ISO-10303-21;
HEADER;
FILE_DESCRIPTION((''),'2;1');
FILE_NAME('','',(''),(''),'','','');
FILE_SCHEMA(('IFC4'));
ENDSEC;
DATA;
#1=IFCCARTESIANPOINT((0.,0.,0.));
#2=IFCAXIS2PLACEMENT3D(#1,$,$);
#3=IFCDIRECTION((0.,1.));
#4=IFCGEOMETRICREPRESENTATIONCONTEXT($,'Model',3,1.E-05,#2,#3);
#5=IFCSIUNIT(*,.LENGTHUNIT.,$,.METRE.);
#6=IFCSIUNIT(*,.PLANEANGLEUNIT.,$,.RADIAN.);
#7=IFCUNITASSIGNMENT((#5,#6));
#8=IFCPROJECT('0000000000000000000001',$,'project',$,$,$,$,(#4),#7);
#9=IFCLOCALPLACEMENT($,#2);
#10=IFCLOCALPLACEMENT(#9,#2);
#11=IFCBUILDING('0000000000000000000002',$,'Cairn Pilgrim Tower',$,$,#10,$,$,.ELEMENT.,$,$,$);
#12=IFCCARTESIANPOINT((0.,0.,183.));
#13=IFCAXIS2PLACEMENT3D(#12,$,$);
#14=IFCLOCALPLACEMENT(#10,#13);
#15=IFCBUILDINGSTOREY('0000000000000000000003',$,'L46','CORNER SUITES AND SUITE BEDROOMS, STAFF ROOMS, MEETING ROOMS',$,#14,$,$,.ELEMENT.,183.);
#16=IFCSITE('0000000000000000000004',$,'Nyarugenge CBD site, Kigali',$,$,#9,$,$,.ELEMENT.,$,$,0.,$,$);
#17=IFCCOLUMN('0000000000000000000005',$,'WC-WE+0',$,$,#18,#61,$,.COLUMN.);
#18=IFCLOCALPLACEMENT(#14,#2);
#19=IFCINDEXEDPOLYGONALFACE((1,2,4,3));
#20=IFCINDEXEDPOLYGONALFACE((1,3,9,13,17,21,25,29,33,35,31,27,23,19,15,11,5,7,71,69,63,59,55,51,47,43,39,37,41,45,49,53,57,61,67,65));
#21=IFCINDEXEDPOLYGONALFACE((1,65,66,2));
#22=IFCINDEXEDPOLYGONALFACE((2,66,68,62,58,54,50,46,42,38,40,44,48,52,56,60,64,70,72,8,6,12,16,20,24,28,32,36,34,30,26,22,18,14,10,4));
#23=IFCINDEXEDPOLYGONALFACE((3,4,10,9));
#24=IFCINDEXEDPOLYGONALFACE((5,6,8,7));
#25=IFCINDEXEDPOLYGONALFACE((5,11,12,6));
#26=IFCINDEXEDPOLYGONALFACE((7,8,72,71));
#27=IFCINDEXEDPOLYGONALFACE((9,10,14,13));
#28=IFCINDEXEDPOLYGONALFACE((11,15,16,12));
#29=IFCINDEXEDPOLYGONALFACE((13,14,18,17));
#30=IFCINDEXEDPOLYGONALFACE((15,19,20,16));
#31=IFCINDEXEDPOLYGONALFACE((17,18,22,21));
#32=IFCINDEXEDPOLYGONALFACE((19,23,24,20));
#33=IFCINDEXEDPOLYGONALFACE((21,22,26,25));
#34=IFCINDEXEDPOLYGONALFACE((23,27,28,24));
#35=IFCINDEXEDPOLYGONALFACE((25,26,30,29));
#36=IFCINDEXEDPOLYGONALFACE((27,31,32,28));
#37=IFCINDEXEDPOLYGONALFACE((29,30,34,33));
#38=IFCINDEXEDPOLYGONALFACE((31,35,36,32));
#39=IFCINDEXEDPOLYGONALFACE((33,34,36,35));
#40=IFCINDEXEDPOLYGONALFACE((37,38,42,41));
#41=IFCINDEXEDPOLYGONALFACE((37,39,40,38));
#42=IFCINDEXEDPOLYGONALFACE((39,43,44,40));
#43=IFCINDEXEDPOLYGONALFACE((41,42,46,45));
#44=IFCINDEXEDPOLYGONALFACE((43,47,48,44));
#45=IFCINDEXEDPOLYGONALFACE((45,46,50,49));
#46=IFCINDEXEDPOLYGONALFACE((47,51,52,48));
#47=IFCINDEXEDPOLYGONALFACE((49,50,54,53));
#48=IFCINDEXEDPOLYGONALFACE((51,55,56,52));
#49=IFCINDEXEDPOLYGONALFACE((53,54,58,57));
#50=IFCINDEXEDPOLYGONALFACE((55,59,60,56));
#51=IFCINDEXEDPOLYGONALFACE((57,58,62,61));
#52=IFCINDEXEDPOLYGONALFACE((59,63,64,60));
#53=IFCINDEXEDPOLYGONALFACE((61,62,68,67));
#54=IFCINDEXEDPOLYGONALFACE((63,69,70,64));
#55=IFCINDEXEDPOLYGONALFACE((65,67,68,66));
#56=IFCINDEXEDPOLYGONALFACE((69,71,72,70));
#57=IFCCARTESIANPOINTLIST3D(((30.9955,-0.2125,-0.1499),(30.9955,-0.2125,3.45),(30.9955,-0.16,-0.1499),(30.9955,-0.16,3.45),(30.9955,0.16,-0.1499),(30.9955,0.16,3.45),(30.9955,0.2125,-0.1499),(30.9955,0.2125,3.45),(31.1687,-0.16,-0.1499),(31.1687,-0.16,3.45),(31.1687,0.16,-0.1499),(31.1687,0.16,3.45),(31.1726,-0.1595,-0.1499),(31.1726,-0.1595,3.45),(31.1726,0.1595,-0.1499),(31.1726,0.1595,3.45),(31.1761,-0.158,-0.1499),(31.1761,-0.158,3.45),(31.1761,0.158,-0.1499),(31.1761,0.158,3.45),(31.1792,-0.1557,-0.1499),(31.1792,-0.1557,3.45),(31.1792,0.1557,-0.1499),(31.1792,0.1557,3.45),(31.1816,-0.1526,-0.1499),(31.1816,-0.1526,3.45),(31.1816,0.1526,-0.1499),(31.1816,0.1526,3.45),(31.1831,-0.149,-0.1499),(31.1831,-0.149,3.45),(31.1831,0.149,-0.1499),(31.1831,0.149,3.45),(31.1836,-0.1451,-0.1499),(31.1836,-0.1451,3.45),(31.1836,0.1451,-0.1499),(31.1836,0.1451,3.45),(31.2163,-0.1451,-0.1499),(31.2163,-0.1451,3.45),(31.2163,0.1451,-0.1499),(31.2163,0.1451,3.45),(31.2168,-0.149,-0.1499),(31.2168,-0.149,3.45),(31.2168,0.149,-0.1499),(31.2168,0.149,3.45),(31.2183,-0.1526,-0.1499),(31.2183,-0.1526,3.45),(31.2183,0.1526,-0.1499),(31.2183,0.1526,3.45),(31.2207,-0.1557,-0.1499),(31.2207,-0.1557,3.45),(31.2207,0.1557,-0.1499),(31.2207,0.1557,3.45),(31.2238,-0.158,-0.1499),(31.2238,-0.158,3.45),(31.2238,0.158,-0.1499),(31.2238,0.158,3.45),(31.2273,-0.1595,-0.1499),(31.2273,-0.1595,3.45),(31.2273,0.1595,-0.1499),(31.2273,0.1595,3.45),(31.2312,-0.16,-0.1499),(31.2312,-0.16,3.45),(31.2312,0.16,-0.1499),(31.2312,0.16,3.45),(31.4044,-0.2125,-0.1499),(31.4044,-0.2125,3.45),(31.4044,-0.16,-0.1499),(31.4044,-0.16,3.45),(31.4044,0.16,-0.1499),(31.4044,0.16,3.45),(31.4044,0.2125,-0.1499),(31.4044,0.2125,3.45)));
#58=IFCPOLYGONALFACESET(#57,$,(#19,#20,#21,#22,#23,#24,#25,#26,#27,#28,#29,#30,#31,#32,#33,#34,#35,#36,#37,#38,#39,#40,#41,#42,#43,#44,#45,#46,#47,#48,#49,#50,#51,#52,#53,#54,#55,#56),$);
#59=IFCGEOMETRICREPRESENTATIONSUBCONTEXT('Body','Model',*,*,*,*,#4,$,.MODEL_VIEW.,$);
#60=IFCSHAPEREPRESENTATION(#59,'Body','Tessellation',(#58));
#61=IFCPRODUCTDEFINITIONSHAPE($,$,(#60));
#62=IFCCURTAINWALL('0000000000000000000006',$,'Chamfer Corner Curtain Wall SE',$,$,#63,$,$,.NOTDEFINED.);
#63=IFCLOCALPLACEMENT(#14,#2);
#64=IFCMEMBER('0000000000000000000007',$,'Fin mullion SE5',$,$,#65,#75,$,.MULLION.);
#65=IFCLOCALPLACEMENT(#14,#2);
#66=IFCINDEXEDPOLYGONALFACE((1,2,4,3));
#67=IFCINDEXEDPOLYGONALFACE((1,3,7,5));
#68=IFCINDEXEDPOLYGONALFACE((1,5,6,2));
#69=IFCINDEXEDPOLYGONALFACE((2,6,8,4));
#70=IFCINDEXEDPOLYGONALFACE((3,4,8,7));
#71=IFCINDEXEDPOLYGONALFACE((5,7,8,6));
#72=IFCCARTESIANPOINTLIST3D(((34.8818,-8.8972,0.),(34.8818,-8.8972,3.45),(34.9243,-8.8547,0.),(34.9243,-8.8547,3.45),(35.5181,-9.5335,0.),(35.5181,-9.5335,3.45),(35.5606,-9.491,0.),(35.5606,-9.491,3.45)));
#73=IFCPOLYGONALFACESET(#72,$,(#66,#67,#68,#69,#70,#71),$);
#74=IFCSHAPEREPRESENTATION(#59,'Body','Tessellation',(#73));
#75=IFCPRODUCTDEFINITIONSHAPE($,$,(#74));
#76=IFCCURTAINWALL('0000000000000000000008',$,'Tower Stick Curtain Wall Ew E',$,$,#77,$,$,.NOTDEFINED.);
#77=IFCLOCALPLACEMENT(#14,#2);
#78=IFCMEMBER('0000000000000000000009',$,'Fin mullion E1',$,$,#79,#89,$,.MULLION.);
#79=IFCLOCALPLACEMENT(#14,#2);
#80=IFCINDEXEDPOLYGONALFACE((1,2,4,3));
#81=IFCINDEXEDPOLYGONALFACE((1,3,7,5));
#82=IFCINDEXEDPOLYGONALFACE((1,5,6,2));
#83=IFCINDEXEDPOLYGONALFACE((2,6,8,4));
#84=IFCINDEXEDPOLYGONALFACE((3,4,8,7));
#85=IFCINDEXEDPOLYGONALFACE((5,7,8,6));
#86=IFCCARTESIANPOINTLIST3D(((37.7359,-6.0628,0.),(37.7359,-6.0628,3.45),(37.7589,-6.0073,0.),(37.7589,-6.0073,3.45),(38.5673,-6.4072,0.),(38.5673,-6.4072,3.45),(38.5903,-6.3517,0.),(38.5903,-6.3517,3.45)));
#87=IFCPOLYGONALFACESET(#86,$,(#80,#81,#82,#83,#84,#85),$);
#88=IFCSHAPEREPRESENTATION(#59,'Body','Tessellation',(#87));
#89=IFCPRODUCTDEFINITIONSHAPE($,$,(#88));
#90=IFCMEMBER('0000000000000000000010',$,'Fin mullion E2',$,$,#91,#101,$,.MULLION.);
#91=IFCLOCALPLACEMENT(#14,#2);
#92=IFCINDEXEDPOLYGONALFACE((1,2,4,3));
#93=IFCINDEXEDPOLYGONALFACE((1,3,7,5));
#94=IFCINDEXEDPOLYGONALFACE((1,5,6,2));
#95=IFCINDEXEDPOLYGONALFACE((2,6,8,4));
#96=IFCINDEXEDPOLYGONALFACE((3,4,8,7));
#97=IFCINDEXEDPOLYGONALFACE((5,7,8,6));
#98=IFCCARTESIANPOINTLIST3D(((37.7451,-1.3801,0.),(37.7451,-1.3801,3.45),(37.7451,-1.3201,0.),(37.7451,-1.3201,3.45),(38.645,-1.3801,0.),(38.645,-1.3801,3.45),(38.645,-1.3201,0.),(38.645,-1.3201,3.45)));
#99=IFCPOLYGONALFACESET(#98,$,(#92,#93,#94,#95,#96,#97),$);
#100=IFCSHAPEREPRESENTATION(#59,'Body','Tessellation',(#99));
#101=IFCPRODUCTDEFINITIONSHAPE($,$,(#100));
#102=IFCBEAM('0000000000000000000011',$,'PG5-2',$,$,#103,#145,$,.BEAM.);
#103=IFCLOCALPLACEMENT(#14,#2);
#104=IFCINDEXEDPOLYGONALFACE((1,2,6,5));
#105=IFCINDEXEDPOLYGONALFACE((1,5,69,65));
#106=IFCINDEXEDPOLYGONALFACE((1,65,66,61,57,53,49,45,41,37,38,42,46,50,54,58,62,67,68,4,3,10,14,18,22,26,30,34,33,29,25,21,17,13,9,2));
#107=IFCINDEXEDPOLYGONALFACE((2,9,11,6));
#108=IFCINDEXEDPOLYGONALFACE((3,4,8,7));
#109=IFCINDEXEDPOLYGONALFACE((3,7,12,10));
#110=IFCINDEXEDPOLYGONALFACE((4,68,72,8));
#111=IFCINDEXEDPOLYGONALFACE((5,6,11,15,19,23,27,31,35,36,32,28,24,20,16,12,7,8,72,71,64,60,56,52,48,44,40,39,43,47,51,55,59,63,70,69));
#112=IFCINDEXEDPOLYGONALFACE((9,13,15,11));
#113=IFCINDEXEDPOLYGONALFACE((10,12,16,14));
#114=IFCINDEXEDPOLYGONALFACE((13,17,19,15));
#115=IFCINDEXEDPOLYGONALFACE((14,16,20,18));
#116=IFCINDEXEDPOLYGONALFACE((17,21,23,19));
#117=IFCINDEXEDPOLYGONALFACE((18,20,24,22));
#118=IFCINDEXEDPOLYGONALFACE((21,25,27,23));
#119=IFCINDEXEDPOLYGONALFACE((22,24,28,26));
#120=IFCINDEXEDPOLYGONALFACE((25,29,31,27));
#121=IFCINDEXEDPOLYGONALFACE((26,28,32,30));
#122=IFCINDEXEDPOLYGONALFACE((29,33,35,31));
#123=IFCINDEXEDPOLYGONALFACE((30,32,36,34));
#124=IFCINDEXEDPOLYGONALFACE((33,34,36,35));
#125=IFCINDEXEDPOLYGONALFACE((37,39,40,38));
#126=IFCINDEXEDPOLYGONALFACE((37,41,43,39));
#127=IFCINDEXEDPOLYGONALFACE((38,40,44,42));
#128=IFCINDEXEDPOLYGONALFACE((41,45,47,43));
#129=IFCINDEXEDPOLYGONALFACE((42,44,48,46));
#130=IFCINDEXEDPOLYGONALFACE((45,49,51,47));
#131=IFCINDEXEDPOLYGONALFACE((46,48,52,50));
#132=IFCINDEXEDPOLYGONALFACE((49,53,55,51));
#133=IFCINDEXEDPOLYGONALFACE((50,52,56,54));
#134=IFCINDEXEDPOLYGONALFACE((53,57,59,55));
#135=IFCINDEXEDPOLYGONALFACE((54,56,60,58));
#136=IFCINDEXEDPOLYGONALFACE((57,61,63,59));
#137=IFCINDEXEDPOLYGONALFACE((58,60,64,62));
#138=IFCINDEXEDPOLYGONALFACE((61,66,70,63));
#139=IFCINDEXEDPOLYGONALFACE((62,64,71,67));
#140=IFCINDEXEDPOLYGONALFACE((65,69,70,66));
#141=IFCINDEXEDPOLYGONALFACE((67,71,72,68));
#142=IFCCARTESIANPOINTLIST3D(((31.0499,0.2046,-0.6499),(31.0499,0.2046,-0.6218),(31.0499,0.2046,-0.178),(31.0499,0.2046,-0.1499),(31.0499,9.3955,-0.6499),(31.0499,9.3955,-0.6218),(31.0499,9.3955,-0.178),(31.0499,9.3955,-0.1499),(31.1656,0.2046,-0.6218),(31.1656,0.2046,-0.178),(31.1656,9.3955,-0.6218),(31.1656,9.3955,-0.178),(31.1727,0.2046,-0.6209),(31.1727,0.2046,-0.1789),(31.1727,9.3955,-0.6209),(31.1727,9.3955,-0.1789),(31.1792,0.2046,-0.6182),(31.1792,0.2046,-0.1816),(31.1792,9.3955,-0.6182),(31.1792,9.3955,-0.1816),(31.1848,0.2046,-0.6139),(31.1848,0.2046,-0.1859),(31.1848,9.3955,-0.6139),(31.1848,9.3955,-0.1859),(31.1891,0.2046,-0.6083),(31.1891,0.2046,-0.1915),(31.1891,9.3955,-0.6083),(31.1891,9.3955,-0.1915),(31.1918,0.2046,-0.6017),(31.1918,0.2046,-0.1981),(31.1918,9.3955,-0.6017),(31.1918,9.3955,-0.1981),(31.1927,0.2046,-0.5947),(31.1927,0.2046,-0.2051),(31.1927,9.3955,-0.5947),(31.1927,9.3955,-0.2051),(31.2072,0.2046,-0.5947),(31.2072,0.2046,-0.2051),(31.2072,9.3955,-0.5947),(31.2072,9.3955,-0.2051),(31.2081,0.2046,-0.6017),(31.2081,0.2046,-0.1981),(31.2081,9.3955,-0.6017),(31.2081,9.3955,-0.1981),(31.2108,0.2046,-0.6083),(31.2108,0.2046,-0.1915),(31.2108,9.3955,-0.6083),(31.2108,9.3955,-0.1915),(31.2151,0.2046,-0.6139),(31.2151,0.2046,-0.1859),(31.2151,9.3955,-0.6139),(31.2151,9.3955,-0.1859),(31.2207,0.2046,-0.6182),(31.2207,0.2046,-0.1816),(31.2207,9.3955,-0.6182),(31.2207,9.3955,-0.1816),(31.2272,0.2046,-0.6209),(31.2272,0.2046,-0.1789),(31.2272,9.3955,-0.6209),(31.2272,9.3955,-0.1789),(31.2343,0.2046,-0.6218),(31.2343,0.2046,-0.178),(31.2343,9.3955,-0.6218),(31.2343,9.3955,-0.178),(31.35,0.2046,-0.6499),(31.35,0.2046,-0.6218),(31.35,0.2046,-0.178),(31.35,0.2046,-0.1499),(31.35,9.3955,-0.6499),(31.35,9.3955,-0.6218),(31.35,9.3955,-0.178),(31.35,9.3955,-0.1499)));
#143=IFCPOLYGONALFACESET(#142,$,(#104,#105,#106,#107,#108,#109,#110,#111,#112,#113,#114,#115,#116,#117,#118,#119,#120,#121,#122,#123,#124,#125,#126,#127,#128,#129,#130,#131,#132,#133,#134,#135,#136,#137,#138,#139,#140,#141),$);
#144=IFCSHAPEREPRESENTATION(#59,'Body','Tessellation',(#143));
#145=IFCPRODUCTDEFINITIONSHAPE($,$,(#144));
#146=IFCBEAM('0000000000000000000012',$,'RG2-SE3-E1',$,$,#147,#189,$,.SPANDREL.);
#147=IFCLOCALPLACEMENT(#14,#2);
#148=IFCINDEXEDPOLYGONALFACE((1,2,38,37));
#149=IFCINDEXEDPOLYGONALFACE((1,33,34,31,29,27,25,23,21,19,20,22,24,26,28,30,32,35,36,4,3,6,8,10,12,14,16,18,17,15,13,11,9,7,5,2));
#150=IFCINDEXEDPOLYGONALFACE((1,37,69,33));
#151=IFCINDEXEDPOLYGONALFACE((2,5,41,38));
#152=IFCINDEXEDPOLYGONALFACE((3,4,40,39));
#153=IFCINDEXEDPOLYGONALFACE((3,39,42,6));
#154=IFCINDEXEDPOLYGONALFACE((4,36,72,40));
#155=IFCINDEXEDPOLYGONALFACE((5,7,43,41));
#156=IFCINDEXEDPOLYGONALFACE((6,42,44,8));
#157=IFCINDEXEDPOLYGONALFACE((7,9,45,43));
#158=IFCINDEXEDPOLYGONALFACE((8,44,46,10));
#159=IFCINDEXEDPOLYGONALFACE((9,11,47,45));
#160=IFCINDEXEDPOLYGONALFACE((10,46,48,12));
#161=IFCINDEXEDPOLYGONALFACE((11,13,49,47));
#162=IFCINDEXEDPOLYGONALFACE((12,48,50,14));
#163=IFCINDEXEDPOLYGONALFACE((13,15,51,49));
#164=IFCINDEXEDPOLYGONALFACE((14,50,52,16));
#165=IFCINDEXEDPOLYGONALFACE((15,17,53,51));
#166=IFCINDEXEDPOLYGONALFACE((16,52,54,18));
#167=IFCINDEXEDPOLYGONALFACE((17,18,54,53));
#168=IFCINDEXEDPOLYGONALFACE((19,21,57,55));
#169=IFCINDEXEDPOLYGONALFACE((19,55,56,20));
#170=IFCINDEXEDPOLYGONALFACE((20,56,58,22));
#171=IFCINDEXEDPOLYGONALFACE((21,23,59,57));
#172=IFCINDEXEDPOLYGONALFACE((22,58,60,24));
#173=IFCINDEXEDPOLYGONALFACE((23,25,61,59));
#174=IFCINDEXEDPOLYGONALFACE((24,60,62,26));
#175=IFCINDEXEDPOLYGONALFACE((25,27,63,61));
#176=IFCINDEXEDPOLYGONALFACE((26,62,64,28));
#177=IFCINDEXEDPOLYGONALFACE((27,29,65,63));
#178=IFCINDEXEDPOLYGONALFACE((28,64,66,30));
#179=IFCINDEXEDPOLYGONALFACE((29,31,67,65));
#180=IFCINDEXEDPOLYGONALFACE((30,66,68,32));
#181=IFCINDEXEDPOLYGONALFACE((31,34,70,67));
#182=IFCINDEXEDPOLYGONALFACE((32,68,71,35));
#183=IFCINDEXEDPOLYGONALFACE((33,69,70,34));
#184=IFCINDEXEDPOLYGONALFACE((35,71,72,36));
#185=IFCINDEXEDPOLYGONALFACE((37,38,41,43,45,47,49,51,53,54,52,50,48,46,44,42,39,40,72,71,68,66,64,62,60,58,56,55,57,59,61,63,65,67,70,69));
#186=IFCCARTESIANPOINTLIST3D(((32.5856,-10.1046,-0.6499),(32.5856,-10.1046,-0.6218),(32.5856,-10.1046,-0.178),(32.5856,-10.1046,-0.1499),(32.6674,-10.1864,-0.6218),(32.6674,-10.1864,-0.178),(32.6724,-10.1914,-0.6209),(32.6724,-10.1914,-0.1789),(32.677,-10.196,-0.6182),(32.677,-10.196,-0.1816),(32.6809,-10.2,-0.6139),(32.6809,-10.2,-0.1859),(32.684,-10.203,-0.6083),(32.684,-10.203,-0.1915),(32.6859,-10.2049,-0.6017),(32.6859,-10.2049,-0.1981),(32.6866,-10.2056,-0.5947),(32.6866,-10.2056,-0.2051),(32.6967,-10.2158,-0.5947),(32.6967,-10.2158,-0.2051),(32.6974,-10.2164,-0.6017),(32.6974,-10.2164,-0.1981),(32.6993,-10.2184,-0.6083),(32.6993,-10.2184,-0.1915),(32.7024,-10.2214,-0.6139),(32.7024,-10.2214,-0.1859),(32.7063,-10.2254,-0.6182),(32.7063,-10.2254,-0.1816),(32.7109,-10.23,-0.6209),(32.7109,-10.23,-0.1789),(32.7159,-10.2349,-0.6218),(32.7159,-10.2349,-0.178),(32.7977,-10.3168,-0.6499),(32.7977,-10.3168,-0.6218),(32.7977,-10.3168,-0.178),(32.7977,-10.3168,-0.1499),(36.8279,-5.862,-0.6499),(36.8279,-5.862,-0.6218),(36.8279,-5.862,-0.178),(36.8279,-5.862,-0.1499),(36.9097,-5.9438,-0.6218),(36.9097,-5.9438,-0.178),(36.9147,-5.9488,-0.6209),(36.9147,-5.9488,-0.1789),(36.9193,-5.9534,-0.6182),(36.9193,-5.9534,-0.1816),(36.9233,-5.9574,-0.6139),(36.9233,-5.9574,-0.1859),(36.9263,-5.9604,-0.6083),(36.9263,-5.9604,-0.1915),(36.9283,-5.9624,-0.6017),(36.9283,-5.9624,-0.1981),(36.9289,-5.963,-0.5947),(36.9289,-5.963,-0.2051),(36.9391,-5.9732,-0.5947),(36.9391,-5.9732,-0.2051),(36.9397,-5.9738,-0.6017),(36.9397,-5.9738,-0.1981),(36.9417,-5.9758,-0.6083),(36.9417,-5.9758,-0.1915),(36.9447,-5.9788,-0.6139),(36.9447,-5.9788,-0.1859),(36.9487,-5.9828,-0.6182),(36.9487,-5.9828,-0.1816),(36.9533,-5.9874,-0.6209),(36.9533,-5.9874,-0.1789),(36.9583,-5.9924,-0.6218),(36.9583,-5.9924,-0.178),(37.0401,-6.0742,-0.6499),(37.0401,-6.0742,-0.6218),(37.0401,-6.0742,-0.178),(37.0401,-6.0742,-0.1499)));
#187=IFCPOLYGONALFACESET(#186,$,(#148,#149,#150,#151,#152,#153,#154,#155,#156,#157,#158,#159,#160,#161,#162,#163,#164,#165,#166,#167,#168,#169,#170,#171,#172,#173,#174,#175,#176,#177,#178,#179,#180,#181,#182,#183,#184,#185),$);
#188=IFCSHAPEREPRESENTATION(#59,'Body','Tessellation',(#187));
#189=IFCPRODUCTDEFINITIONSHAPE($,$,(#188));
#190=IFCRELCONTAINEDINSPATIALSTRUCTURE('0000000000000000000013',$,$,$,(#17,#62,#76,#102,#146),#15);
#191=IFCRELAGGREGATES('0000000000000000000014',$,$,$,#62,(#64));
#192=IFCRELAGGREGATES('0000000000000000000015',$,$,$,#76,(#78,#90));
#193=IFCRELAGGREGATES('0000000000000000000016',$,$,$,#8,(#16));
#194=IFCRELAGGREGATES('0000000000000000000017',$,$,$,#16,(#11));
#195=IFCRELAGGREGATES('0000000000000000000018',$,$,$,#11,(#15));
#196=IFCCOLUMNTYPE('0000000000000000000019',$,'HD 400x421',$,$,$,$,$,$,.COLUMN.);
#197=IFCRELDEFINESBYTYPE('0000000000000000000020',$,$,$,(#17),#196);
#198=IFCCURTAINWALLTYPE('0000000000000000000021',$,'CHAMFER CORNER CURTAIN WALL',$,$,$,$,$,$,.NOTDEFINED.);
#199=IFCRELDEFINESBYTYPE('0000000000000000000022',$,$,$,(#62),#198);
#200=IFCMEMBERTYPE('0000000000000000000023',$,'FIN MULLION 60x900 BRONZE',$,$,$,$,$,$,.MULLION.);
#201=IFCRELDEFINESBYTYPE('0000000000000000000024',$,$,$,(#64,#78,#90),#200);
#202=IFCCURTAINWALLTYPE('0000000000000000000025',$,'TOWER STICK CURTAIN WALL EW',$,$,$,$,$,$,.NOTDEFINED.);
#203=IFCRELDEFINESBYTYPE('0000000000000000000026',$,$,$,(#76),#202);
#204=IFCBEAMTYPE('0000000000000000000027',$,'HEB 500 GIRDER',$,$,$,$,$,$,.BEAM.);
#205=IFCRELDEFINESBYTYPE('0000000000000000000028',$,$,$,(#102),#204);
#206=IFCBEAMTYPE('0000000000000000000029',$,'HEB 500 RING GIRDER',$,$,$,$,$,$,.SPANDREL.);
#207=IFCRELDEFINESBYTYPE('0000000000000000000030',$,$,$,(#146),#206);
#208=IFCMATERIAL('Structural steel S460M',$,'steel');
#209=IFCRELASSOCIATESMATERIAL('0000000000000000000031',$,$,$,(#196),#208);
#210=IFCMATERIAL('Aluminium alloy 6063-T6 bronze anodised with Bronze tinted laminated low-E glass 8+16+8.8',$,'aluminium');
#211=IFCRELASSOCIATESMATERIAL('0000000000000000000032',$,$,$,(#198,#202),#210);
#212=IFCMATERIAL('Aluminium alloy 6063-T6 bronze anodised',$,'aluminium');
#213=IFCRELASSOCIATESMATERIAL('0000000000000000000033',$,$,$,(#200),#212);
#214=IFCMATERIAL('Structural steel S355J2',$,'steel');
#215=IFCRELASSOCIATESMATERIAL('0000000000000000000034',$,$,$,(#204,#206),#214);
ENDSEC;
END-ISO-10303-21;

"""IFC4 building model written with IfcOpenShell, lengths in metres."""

from ifc_helpers import new_model, si_unit, direction, frame, origin, origin_2d, place, context, subcontext, project, spatial, rectangle, i_section, extrude, material, material_profile, profile_set, type_object, element, aggregate, save


model = new_model("IFC4")

# Units and contexts
model_context = context("Model", 3, precision=1e-05, world=origin(), true_north=direction((0.0, 1.0)))
body_context = subcontext(model_context, "Body", "Model", "MODEL_VIEW")
ifc_project = project(units=[si_unit("LENGTHUNIT", "METRE"), si_unit("PLANEANGLEUNIT", "RADIAN")], contexts=[model_context])

# Site, building, storey
site_placement = place(None, origin())
site = spatial("IfcSite", under=ifc_project, at=site_placement, Name="Nyarugenge CBD site, Kigali", CompositionType="ELEMENT", RefElevation=0.0)
building_placement = place(site_placement, origin())
building = spatial("IfcBuilding", under=site, at=building_placement, Name="Cairn Pilgrim Tower", CompositionType="ELEMENT")
storey_placement = place(building_placement, frame((0.0, 0.0, 183.0)))
storey = spatial("IfcBuildingStorey", under=building, at=storey_placement, Name="L46", Description="CORNER SUITES AND SUITE BEDROOMS, STAFF ROOMS, MEETING ROOMS", CompositionType="ELEMENT", Elevation=183.0)

# Column
ifc_material_1 = material(Name="Structural steel S460M", Category="steel")
ifc_material_profile_1 = material_profile(ifc_material_1, i_section(OverallWidth=0.4089, OverallDepth=0.425, WebThickness=0.0327, FlangeThickness=0.0525, FilletRadius=0.0149, at=origin_2d()), Name="HD 400x421")
ifc_profile_set_1 = profile_set([ifc_material_profile_1], Name="Structural steel S460M")
column_type_1 = type_object("IfcColumnType", Name="HD 400x421", PredefinedType="COLUMN", material=ifc_profile_set_1)
column_1_placement = place(storey_placement, frame((31.2, 0.0, -0.1499), z_axis=(0.0, 0.0, 1.0), x_axis=(1.0, 0.0, 0.0)))
element("IfcColumn", 1, at=column_1_placement, inside=storey, type_object=column_type_1, Name="WC-WE+0", PredefinedType="COLUMN", context=body_context, shape_type="SweptSolid", body=[
    extrude(i_section(OverallWidth=0.4089, OverallDepth=0.425, WebThickness=0.0327, FlangeThickness=0.0525, FilletRadius=0.0149, at=origin_2d()), origin(), (0.0, 0.0, 1.0), 3.5999),
])

# Curtain wall, member
ifc_material_2 = material(Name="Aluminium alloy 6063-T6 bronze anodised with Bronze tinted laminated low-E glass 8+16+8.8", Category="aluminium")
curtain_wall_type_1 = type_object("IfcCurtainWallType", Name="CHAMFER CORNER CURTAIN WALL", PredefinedType="NOTDEFINED", material=ifc_material_2)
curtain_wall_1_placement = place(storey_placement, origin())
curtain_wall_1 = element("IfcCurtainWall", 2, at=curtain_wall_1_placement, inside=storey, type_object=curtain_wall_type_1, Name="Chamfer Corner Curtain Wall SE", PredefinedType="NOTDEFINED")
ifc_material_3 = material(Name="Aluminium alloy 6063-T6 bronze anodised", Category="aluminium")
ifc_material_profile_2 = material_profile(ifc_material_3, rectangle(XDim=0.8999, YDim=0.0601, at=origin_2d()), Name="FIN MULLION 60x900 BRONZE")
ifc_profile_set_2 = profile_set([ifc_material_profile_2], Name="Aluminium alloy 6063-T6 bronze anodised")
member_type_1 = type_object("IfcMemberType", Name="FIN MULLION 60x900 BRONZE", PredefinedType="MULLION", material=ifc_profile_set_2)
member_1_placement = place(storey_placement, frame((35.2212, -9.1941, 0.0), z_axis=(0.0, 0.0, 1.0), x_axis=(0.707107, -0.707107, 0.0)))
member_1 = element("IfcMember", 3, at=member_1_placement, type_object=member_type_1, Name="Fin mullion SE5", PredefinedType="MULLION", context=body_context, shape_type="SweptSolid", body=[
    extrude(rectangle(XDim=0.8999, YDim=0.0601, at=origin_2d()), origin(), (0.0, 0.0, 1.0), 3.45),
])

# Curtain wall, members
curtain_wall_type_2 = type_object("IfcCurtainWallType", Name="TOWER STICK CURTAIN WALL EW", PredefinedType="NOTDEFINED", material=ifc_material_2)
curtain_wall_2_placement = place(storey_placement, origin())
curtain_wall_2 = element("IfcCurtainWall", 4, at=curtain_wall_2_placement, inside=storey, type_object=curtain_wall_type_2, Name="Tower Stick Curtain Wall Ew E", PredefinedType="NOTDEFINED")
member_2_placement = place(storey_placement, frame((38.1631, -6.2073, 0.0), z_axis=(0.0, 0.0, 1.0), x_axis=(0.92388, -0.382683, 0.0)))
member_2 = element("IfcMember", 5, at=member_2_placement, type_object=member_type_1, Name="Fin mullion E1", PredefinedType="MULLION", context=body_context, shape_type="SweptSolid", body=[
    extrude(rectangle(XDim=0.8999, YDim=0.0601, at=origin_2d()), origin(), (0.0, 0.0, 1.0), 3.45),
])
member_3_placement = place(storey_placement, frame((38.1951, -1.3501, 0.0), z_axis=(0.0, 0.0, 1.0), x_axis=(1.0, 0.0, 0.0)))
member_3 = element("IfcMember", 6, at=member_3_placement, type_object=member_type_1, Name="Fin mullion E2", PredefinedType="MULLION", context=body_context, shape_type="SweptSolid", body=[
    extrude(rectangle(XDim=0.8999, YDim=0.0601, at=origin_2d()), origin(), (0.0, 0.0, 1.0), 3.45),
])

# Beams
ifc_material_4 = material(Name="Structural steel S355J2", Category="steel")
ifc_material_profile_3 = material_profile(ifc_material_4, i_section(OverallWidth=0.3, OverallDepth=0.5, WebThickness=0.0144, FlangeThickness=0.0281, FilletRadius=0.0271, at=origin_2d()), Name="HEB 500")
ifc_profile_set_3 = profile_set([ifc_material_profile_3], Name="Structural steel S355J2")
beam_type_1 = type_object("IfcBeamType", Name="HEB 500 GIRDER", PredefinedType="BEAM", material=ifc_profile_set_3)
beam_1_placement = place(storey_placement, frame((31.2, 0.2046, -0.3999), z_axis=(0.0, 1.0, 0.0), x_axis=(-1.0, 0.0, 0.0)))
element("IfcBeam", 7, at=beam_1_placement, inside=storey, type_object=beam_type_1, Name="PG5-2", PredefinedType="BEAM", context=body_context, shape_type="SweptSolid", body=[
    extrude(i_section(OverallWidth=0.3, OverallDepth=0.5, WebThickness=0.0144, FlangeThickness=0.0281, FilletRadius=0.0271, at=origin_2d()), origin(), (0.0, 0.0, 1.0), 9.1909),
])
ifc_material_profile_4 = material_profile(ifc_material_4, i_section(OverallWidth=0.3, OverallDepth=0.5, WebThickness=0.0144, FlangeThickness=0.0281, FilletRadius=0.0271, at=origin_2d()), Name="HEB 500")
ifc_profile_set_4 = profile_set([ifc_material_profile_4], Name="Structural steel S355J2")
beam_type_2 = type_object("IfcBeamType", Name="HEB 500 RING GIRDER", PredefinedType="SPANDREL", material=ifc_profile_set_4)
beam_2_placement = place(storey_placement, frame((32.6917, -10.2107, -0.3999), z_axis=(0.707086, 0.707127, 0.0), x_axis=(-0.707127, 0.707086, 0.0)))
element("IfcBeam", 8, at=beam_2_placement, inside=storey, type_object=beam_type_2, Name="RG2-SE3-E1", PredefinedType="SPANDREL", context=body_context, shape_type="SweptSolid", body=[
    extrude(i_section(OverallWidth=0.3, OverallDepth=0.5, WebThickness=0.0144, FlangeThickness=0.0281, FilletRadius=0.0271, at=origin_2d()), origin(), (0.0, 0.0, 1.0), 5.9998),
])

aggregate(curtain_wall_1, [member_1])
aggregate(curtain_wall_2, [member_2, member_3])

save(model, "model.ifc")
